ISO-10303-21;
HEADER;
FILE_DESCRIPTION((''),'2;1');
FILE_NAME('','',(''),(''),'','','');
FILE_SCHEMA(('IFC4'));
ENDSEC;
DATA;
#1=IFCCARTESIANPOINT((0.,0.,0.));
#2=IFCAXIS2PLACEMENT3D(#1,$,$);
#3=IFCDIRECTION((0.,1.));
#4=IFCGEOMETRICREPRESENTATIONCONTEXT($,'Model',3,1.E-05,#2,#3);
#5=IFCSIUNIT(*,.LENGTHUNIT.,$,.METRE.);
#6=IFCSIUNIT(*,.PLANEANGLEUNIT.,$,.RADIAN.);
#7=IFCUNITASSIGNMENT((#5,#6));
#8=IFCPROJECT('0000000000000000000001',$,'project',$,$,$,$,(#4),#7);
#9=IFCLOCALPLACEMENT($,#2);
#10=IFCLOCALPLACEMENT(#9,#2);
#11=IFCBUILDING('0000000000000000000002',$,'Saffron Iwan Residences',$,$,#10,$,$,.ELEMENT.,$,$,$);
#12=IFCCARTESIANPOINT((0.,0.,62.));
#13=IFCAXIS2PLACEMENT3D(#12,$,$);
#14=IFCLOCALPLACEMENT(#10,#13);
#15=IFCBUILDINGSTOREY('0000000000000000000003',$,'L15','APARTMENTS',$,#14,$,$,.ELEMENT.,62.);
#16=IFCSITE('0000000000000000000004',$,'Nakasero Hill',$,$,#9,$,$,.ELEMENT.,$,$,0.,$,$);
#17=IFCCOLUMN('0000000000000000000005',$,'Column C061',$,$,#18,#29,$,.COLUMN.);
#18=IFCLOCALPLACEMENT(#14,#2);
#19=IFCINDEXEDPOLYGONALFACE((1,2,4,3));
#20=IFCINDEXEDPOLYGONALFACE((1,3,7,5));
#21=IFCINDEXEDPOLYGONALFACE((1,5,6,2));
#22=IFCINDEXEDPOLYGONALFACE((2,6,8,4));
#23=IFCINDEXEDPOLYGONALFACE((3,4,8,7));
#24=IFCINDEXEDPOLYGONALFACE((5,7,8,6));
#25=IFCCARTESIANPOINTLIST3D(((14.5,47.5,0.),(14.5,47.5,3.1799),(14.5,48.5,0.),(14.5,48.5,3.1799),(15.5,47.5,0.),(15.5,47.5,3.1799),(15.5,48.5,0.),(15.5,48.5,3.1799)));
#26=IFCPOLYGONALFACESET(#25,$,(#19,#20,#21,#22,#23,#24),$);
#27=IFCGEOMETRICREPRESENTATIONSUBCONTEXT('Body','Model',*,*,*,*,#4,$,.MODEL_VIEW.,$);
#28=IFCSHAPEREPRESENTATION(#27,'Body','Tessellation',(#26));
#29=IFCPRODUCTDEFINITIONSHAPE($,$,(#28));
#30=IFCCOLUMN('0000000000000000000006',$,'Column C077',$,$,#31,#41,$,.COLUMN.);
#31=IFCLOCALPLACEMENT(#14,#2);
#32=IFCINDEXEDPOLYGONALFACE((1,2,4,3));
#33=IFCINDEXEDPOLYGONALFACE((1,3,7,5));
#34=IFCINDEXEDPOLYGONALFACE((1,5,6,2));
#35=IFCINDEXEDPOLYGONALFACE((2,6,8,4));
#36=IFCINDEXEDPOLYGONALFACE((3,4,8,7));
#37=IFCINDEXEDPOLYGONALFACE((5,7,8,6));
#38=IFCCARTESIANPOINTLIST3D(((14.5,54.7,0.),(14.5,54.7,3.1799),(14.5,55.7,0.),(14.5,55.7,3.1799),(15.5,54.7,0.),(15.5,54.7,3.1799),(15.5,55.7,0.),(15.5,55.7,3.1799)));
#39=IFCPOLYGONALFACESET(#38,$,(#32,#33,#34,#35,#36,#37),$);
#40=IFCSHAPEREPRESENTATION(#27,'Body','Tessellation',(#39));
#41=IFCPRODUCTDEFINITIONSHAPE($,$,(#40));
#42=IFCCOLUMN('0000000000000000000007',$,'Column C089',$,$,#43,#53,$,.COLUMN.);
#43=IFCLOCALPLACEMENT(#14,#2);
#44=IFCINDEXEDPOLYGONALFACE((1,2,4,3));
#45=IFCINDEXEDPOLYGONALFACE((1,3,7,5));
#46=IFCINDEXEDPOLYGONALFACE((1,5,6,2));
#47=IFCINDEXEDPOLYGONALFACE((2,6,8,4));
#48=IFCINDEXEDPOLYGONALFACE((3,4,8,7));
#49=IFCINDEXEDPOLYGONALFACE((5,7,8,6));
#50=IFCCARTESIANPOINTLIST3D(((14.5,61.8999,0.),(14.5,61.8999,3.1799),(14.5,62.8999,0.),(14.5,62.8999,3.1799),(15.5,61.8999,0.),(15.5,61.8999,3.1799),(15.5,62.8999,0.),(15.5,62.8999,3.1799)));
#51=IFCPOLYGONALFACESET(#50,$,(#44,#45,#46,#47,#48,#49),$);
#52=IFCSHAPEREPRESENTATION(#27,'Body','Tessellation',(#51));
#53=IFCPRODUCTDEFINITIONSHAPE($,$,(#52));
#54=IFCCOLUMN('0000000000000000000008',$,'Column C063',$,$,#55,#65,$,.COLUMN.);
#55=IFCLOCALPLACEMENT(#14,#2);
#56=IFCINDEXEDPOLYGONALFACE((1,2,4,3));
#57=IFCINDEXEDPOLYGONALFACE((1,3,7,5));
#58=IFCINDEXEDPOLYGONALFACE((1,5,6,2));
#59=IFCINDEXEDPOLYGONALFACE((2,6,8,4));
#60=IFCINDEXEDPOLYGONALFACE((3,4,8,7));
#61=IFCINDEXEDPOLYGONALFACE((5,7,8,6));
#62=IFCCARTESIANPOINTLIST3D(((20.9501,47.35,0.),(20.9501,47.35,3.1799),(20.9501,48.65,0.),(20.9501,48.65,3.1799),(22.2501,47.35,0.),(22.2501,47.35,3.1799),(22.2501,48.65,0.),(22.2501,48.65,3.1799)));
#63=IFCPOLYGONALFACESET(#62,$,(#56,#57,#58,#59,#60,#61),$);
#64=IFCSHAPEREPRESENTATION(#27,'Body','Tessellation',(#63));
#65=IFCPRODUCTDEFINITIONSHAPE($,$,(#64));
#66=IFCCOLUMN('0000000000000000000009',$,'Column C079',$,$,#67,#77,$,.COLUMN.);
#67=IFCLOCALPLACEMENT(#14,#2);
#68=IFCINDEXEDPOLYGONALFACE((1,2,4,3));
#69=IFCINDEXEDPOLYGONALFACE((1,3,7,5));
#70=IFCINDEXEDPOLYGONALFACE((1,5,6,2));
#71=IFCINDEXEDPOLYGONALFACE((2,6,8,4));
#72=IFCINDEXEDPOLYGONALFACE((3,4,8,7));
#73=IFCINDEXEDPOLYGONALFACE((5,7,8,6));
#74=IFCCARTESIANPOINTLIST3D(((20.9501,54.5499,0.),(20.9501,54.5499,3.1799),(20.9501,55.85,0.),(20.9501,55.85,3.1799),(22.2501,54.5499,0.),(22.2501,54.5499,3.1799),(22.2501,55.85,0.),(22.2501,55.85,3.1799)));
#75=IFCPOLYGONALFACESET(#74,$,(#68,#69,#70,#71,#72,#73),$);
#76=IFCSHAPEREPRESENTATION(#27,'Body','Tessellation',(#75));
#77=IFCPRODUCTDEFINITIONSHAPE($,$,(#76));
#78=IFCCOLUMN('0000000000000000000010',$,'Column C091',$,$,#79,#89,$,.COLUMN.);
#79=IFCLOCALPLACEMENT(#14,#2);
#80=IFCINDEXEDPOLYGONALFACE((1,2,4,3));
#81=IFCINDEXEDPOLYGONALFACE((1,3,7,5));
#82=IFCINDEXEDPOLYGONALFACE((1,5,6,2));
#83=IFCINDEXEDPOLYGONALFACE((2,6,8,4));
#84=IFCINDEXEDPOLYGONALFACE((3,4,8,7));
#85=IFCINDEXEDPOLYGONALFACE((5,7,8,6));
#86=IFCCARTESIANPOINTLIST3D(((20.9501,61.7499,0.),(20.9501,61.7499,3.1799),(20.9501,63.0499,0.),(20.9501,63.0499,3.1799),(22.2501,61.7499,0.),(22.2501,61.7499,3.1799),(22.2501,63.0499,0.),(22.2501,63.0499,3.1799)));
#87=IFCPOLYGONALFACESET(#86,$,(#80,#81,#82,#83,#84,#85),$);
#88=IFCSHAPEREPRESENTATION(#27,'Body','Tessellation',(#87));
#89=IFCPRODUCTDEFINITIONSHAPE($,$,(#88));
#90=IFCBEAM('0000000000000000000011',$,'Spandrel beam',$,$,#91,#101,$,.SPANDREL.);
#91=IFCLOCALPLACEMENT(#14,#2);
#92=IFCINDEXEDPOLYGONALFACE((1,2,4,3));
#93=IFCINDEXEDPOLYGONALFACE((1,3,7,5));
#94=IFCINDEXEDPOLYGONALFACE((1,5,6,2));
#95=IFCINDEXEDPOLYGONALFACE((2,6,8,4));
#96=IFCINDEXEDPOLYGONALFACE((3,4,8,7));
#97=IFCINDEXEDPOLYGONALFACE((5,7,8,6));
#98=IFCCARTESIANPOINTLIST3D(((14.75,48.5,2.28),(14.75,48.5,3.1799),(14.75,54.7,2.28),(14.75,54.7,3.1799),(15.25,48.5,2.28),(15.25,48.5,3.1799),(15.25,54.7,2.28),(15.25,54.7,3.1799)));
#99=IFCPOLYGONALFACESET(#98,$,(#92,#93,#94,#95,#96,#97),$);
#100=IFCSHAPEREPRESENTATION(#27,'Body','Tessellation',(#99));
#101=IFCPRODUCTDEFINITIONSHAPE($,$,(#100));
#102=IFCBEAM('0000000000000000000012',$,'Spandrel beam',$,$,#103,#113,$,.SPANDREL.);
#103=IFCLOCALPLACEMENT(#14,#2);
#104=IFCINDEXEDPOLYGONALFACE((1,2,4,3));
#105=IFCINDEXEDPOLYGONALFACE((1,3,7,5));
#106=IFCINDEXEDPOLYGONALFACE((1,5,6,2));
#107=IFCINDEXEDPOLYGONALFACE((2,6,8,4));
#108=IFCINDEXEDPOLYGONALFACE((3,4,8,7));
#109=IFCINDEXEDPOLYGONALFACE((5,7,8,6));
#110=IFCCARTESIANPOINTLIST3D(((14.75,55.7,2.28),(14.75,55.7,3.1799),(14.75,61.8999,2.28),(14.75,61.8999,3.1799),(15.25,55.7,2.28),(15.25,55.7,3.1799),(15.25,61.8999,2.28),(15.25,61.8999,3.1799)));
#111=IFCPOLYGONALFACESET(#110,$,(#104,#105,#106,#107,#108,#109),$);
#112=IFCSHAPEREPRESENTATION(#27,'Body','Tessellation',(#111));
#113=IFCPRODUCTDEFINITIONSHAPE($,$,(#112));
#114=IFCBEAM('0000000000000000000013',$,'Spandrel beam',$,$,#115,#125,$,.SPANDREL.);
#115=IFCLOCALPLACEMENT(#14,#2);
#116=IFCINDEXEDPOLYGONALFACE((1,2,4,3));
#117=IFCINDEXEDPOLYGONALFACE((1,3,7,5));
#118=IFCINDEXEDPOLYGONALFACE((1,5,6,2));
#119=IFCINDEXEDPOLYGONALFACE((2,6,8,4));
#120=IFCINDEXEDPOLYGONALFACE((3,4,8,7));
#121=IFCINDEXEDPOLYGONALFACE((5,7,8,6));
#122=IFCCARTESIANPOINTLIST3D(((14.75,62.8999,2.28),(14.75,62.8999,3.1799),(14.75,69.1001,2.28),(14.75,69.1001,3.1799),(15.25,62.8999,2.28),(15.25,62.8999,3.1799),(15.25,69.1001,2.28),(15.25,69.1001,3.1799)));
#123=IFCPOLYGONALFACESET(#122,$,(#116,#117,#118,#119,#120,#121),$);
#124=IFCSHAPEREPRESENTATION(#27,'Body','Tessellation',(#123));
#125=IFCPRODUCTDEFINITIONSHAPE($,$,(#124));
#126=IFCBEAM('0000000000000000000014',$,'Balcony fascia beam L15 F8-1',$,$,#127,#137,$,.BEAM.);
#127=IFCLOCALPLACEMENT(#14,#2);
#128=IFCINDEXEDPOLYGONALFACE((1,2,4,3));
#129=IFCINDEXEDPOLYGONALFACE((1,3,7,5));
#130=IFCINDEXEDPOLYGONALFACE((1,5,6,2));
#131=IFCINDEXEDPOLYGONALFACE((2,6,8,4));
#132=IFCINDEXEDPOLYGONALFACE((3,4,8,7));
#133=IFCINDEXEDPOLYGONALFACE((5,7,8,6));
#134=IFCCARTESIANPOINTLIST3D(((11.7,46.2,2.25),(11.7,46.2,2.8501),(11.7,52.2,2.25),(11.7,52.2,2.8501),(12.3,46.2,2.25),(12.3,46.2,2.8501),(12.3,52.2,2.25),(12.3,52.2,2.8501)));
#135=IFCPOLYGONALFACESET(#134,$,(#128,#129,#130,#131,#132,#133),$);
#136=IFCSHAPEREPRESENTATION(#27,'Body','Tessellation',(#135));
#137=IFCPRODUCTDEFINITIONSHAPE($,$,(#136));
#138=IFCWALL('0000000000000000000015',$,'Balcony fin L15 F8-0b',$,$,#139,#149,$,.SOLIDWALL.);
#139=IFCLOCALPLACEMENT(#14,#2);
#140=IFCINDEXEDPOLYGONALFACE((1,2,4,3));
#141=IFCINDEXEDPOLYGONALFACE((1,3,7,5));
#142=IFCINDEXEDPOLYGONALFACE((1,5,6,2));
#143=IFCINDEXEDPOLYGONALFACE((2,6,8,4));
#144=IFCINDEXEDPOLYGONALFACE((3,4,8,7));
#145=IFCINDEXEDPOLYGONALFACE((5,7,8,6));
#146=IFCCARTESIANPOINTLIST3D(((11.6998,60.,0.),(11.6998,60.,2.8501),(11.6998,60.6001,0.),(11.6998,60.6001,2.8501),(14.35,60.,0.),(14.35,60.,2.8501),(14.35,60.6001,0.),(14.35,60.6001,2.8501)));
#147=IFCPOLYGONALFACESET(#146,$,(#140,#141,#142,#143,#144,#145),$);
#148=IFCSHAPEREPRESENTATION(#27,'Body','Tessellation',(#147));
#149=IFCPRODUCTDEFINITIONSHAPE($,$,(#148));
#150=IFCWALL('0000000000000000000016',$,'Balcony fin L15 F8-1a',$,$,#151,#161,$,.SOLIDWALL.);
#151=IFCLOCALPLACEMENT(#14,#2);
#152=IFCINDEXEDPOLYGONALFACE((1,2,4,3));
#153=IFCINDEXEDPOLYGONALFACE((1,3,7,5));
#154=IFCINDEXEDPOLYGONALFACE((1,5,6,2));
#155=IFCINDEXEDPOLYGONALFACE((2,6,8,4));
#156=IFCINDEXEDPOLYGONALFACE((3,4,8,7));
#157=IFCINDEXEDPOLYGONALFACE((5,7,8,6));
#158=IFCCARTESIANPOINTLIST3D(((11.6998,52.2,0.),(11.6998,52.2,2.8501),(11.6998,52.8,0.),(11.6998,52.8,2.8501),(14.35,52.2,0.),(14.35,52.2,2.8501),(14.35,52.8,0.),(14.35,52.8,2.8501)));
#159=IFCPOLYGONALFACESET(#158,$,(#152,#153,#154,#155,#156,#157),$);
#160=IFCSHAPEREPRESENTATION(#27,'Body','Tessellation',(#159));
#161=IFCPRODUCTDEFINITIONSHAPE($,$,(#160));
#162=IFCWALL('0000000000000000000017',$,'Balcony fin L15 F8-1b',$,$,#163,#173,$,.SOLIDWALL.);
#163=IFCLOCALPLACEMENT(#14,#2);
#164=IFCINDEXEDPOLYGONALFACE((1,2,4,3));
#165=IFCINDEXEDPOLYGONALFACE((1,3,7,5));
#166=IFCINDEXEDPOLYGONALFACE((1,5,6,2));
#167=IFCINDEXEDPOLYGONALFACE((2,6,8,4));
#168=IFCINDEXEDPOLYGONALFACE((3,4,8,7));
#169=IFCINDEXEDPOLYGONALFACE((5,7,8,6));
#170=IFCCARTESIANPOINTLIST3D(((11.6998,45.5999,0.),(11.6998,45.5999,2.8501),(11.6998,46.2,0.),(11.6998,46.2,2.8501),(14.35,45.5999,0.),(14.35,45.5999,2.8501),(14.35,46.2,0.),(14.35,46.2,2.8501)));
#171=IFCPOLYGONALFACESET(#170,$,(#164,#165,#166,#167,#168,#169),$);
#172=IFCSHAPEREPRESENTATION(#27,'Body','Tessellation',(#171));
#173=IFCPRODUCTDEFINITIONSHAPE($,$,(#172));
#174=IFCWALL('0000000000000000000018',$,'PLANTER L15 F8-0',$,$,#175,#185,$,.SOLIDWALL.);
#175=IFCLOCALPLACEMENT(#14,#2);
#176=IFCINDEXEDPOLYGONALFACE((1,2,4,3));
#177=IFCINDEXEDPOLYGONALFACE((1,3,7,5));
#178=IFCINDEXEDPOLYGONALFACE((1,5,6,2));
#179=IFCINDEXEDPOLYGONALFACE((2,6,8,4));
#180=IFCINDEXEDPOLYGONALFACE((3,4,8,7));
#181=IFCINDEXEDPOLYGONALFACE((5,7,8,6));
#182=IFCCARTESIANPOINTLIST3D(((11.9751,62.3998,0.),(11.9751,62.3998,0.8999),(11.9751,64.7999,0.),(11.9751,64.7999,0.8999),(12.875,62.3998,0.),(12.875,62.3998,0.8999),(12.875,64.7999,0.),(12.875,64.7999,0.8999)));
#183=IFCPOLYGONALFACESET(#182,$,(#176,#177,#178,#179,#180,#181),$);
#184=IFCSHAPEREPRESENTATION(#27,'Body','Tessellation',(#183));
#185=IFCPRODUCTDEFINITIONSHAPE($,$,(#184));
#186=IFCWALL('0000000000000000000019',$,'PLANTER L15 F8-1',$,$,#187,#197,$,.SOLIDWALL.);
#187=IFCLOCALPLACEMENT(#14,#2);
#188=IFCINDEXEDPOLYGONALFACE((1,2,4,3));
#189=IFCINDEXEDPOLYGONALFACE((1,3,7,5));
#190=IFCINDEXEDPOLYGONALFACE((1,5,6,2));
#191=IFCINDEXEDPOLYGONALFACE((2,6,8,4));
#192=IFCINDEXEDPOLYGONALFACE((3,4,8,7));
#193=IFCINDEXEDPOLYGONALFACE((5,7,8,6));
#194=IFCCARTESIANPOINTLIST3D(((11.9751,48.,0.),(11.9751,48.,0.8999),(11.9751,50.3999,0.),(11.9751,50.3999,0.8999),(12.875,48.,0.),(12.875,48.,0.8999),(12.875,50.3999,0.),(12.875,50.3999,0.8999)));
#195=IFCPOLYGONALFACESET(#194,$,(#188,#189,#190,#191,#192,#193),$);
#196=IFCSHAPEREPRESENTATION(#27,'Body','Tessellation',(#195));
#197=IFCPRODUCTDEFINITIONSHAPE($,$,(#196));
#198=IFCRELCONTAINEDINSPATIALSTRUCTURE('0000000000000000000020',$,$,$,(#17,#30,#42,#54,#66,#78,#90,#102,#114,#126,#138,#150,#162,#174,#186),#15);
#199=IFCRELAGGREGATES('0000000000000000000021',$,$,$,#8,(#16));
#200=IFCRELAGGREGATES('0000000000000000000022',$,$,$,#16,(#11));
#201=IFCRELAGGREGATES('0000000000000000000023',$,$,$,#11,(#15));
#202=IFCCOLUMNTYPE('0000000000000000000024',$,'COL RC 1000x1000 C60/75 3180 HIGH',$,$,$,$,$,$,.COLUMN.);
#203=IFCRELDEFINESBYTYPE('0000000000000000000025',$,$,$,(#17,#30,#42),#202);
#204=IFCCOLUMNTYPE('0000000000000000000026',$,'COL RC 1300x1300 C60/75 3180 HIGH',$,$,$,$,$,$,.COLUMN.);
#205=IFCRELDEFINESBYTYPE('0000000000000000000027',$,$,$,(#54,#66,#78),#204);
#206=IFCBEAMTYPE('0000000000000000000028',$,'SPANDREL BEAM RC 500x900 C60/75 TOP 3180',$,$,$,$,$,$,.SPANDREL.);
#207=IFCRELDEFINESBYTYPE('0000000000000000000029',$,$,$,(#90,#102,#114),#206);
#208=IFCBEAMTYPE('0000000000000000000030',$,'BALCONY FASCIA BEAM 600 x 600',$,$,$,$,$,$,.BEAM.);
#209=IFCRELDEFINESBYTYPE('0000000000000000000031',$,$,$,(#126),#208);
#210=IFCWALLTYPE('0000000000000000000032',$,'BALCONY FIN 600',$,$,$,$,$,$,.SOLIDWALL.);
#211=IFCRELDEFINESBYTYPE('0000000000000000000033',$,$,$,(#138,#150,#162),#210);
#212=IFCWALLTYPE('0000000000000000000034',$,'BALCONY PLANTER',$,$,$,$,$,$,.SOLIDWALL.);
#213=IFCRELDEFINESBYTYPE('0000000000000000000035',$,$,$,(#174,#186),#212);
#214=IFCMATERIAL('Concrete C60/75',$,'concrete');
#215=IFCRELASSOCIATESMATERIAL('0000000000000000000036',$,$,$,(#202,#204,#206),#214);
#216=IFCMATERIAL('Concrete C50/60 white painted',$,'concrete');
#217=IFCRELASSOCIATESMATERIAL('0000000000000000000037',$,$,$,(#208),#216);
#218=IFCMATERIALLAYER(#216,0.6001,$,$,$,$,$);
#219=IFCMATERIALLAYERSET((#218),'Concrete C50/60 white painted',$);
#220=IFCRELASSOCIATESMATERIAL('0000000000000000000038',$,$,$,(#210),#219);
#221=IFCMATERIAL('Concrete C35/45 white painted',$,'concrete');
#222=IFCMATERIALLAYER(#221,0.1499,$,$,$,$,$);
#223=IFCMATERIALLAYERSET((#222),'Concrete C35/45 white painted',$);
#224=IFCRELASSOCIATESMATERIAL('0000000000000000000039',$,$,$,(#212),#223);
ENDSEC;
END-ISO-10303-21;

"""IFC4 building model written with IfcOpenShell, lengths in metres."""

from ifc_helpers import new_model, si_unit, direction, frame, frame_2d, origin, origin_2d, place, context, subcontext, project, spatial, rectangle, extrude, source, transform, mapped, material, layer, layer_set, material_profile, profile_set, type_object, element, save


model = new_model("IFC4")

# Units and contexts
model_context = context("Model", 3, precision=1e-05, world=origin(), true_north=direction((0.0, 1.0)))
body_context = subcontext(model_context, "Body", "Model", "MODEL_VIEW")
ifc_project = project(units=[si_unit("LENGTHUNIT", "METRE"), si_unit("PLANEANGLEUNIT", "RADIAN")], contexts=[model_context])

# Site, building, storey
site_placement = place(None, origin())
site = spatial("IfcSite", under=ifc_project, at=site_placement, Name="Nakasero Hill", CompositionType="ELEMENT", RefElevation=0.0)
building_placement = place(site_placement, origin())
building = spatial("IfcBuilding", under=site, at=building_placement, Name="Saffron Iwan Residences", CompositionType="ELEMENT")
storey_placement = place(building_placement, frame((0.0, 0.0, 62.0)))
storey = spatial("IfcBuildingStorey", under=building, at=storey_placement, Name="L15", Description="APARTMENTS", CompositionType="ELEMENT", Elevation=62.0)

# Columns
ifc_material_1 = material(Name="Concrete C60/75", Category="concrete")
ifc_material_profile_1 = material_profile(ifc_material_1, rectangle(XDim=1.0, YDim=1.0, at=origin_2d()), Name="RC 1000x1000")
ifc_profile_set_1 = profile_set([ifc_material_profile_1], Name="Concrete C60/75")
column_type_1 = type_object("IfcColumnType", Name="COL RC 1000x1000 C60/75 3180 HIGH", PredefinedType="COLUMN", material=ifc_profile_set_1)
shared_shape_1 = source(origin(), body_context, "Body", "SweptSolid", [
    extrude(rectangle(XDim=1.0, YDim=1.0, at=origin_2d()), origin(), (0.0, 0.0, 1.0), 3.1799),
])
for number, where, z_axis, x_axis, name in (
    (1, (15.0, 48.0, 0.0), (0.0, 0.0, 1.0), (1.0, 0.0, 0.0), "Column C061"),
    (2, (15.0, 55.2, 0.0), (0.0, 0.0, 1.0), (1.0, 0.0, 0.0), "Column C077"),
    (3, (15.0, 62.3999, 0.0), (0.0, 0.0, 1.0), (1.0, 0.0, 0.0), "Column C089"),
):
    element("IfcColumn", number, at=place(storey_placement, frame(where, z_axis=z_axis, x_axis=x_axis)), inside=storey, type_object=column_type_1, Name=name, PredefinedType="COLUMN", context=body_context, shape_type="MappedRepresentation", body=[
        mapped(shared_shape_1, transform((0.0, 0.0, 0.0))),
    ])
ifc_material_profile_2 = material_profile(ifc_material_1, rectangle(XDim=1.3, YDim=1.3, at=origin_2d()), Name="RC 1300x1300")
ifc_profile_set_2 = profile_set([ifc_material_profile_2], Name="Concrete C60/75")
column_type_2 = type_object("IfcColumnType", Name="COL RC 1300x1300 C60/75 3180 HIGH", PredefinedType="COLUMN", material=ifc_profile_set_2)
shared_shape_2 = source(origin(), body_context, "Body", "SweptSolid", [
    extrude(rectangle(XDim=1.3, YDim=1.3, at=origin_2d()), origin(), (0.0, 0.0, 1.0), 3.1799),
])
for number, where, z_axis, x_axis, name in (
    (4, (21.6001, 48.0, 0.0), (0.0, 0.0, 1.0), (1.0, 0.0, 0.0), "Column C063"),
    (5, (21.6001, 55.2, 0.0), (0.0, 0.0, 1.0), (1.0, 0.0, 0.0), "Column C079"),
    (6, (21.6001, 62.3999, 0.0), (0.0, 0.0, 1.0), (1.0, 0.0, 0.0), "Column C091"),
):
    element("IfcColumn", number, at=place(storey_placement, frame(where, z_axis=z_axis, x_axis=x_axis)), inside=storey, type_object=column_type_2, Name=name, PredefinedType="COLUMN", context=body_context, shape_type="MappedRepresentation", body=[
        mapped(shared_shape_2, transform((0.0, 0.0, 0.0))),
    ])

# Beams
ifc_material_profile_3 = material_profile(ifc_material_1, rectangle(XDim=0.5, YDim=0.8999, at=origin_2d()), Name="RC 500x900")
ifc_profile_set_3 = profile_set([ifc_material_profile_3], Name="Concrete C60/75")
beam_type_1 = type_object("IfcBeamType", Name="SPANDREL BEAM RC 500x900 C60/75 TOP 3180", PredefinedType="SPANDREL", material=ifc_profile_set_3)
shared_shape_3 = source(origin(), body_context, "Body", "SweptSolid", [
    extrude(rectangle(XDim=0.5, YDim=0.8999, at=origin_2d()), origin(), (0.0, 0.0, 1.0), 6.2),
])
for number, where, z_axis, x_axis, name in (
    (7, (15.0, 48.5, 2.73), (0.0, 1.0, 0.0), (-1.0, 0.0, 0.0), "Spandrel beam"),
    (8, (15.0, 55.7, 2.73), (0.0, 1.0, 0.0), (-1.0, 0.0, 0.0), "Spandrel beam"),
):
    element("IfcBeam", number, at=place(storey_placement, frame(where, z_axis=z_axis, x_axis=x_axis)), inside=storey, type_object=beam_type_1, Name=name, PredefinedType="SPANDREL", context=body_context, shape_type="MappedRepresentation", body=[
        mapped(shared_shape_3, transform((0.0, 0.0, 0.0))),
    ])
shared_shape_4 = source(origin(), body_context, "Body", "SweptSolid", [
    extrude(rectangle(XDim=0.5, YDim=0.8999, at=origin_2d()), origin(), (0.0, 0.0, 1.0), 6.2002),
])
beam_1_placement = place(storey_placement, frame((15.0, 62.8999, 2.73), z_axis=(0.0, 1.0, 0.0), x_axis=(-1.0, 0.0, 0.0)))
element("IfcBeam", 9, at=beam_1_placement, inside=storey, type_object=beam_type_1, Name="Spandrel beam", PredefinedType="SPANDREL", context=body_context, shape_type="MappedRepresentation", body=[
    mapped(shared_shape_4, transform((0.0, 0.0, 0.0))),
])
ifc_material_2 = material(Name="Concrete C50/60 white painted", Category="concrete")
ifc_material_profile_4 = material_profile(ifc_material_2, rectangle(XDim=0.6001, YDim=0.6001, at=origin_2d()), Name="BALCONY FASCIA BEAM 600 x 600")
ifc_profile_set_4 = profile_set([ifc_material_profile_4], Name="Concrete C50/60 white painted")
beam_type_2 = type_object("IfcBeamType", Name="BALCONY FASCIA BEAM 600 x 600", PredefinedType="BEAM", material=ifc_profile_set_4)
shared_shape_5 = source(origin(), body_context, "Body", "SweptSolid", [
    extrude(rectangle(XDim=0.6001, YDim=0.6001, at=origin_2d()), origin(), (0.0, 0.0, 1.0), 6.0),
])
beam_2_placement = place(storey_placement, frame((12.0, 52.2, 2.55), z_axis=(0.0, -1.0, 0.0), x_axis=(1.0, 0.0, 0.0)))
element("IfcBeam", 10, at=beam_2_placement, inside=storey, type_object=beam_type_2, Name="Balcony fascia beam L15 F8-1", PredefinedType="BEAM", context=body_context, shape_type="MappedRepresentation", body=[
    mapped(shared_shape_5, transform((0.0, 0.0, 0.0))),
])

# Walls
ifc_layer_1 = layer(ifc_material_2, 0.6001)
ifc_layer_set_1 = layer_set([ifc_layer_1], Name="Concrete C50/60 white painted")
wall_type_1 = type_object("IfcWallType", Name="BALCONY FIN 600", PredefinedType="SOLIDWALL", material=ifc_layer_set_1)
for number, where, z_axis, x_axis, name in (
    (11, (14.3501, 60.3, 0.0), (0.0, 0.0, 1.0), (-1.0, 0.0, 0.0), "Balcony fin L15 F8-0b"),
    (12, (14.3501, 52.5, 0.0), (0.0, 0.0, 1.0), (-1.0, 0.0, 0.0), "Balcony fin L15 F8-1a"),
    (13, (14.3501, 45.8999, 0.0), (0.0, 0.0, 1.0), (-1.0, 0.0, 0.0), "Balcony fin L15 F8-1b"),
):
    element("IfcWall", number, at=place(storey_placement, frame(where, z_axis=z_axis, x_axis=x_axis)), inside=storey, type_object=wall_type_1, Name=name, PredefinedType="SOLIDWALL", context=body_context, shape_type="SweptSolid", body=[
        extrude(rectangle(XDim=2.6501, YDim=0.6001, at=frame_2d((1.3252, 0.0))), origin(), (0.0, 0.0, 1.0), 2.8501),
    ])
ifc_material_3 = material(Name="Concrete C35/45 white painted", Category="concrete")
ifc_layer_2 = layer(ifc_material_3, 0.1499)
ifc_layer_set_2 = layer_set([ifc_layer_2], Name="Concrete C35/45 white painted")
wall_type_2 = type_object("IfcWallType", Name="BALCONY PLANTER", PredefinedType="SOLIDWALL", material=ifc_layer_set_2)
wall_1_placement = place(storey_placement, frame((12.425, 64.8, 0.0), z_axis=(0.0, 0.0, 1.0), x_axis=(0.0, -1.0, 0.0)))
element("IfcWall", 14, at=wall_1_placement, inside=storey, type_object=wall_type_2, Name="PLANTER L15 F8-0", PredefinedType="SOLIDWALL", context=body_context, shape_type="SweptSolid", body=[
    extrude(rectangle(XDim=2.4001, YDim=0.8999, at=frame_2d((1.2002, 0.0))), origin(), (0.0, 0.0, 1.0), 0.8999),
])
wall_2_placement = place(storey_placement, frame((12.425, 50.3999, 0.0), z_axis=(0.0, 0.0, 1.0), x_axis=(0.0, -1.0, 0.0)))
element("IfcWall", 15, at=wall_2_placement, inside=storey, type_object=wall_type_2, Name="PLANTER L15 F8-1", PredefinedType="SOLIDWALL", context=body_context, shape_type="SweptSolid", body=[
    extrude(rectangle(XDim=2.3999, YDim=0.8999, at=frame_2d((1.2, 0.0))), origin(), (0.0, 0.0, 1.0), 0.8999),
])

save(model, "model.ifc")
